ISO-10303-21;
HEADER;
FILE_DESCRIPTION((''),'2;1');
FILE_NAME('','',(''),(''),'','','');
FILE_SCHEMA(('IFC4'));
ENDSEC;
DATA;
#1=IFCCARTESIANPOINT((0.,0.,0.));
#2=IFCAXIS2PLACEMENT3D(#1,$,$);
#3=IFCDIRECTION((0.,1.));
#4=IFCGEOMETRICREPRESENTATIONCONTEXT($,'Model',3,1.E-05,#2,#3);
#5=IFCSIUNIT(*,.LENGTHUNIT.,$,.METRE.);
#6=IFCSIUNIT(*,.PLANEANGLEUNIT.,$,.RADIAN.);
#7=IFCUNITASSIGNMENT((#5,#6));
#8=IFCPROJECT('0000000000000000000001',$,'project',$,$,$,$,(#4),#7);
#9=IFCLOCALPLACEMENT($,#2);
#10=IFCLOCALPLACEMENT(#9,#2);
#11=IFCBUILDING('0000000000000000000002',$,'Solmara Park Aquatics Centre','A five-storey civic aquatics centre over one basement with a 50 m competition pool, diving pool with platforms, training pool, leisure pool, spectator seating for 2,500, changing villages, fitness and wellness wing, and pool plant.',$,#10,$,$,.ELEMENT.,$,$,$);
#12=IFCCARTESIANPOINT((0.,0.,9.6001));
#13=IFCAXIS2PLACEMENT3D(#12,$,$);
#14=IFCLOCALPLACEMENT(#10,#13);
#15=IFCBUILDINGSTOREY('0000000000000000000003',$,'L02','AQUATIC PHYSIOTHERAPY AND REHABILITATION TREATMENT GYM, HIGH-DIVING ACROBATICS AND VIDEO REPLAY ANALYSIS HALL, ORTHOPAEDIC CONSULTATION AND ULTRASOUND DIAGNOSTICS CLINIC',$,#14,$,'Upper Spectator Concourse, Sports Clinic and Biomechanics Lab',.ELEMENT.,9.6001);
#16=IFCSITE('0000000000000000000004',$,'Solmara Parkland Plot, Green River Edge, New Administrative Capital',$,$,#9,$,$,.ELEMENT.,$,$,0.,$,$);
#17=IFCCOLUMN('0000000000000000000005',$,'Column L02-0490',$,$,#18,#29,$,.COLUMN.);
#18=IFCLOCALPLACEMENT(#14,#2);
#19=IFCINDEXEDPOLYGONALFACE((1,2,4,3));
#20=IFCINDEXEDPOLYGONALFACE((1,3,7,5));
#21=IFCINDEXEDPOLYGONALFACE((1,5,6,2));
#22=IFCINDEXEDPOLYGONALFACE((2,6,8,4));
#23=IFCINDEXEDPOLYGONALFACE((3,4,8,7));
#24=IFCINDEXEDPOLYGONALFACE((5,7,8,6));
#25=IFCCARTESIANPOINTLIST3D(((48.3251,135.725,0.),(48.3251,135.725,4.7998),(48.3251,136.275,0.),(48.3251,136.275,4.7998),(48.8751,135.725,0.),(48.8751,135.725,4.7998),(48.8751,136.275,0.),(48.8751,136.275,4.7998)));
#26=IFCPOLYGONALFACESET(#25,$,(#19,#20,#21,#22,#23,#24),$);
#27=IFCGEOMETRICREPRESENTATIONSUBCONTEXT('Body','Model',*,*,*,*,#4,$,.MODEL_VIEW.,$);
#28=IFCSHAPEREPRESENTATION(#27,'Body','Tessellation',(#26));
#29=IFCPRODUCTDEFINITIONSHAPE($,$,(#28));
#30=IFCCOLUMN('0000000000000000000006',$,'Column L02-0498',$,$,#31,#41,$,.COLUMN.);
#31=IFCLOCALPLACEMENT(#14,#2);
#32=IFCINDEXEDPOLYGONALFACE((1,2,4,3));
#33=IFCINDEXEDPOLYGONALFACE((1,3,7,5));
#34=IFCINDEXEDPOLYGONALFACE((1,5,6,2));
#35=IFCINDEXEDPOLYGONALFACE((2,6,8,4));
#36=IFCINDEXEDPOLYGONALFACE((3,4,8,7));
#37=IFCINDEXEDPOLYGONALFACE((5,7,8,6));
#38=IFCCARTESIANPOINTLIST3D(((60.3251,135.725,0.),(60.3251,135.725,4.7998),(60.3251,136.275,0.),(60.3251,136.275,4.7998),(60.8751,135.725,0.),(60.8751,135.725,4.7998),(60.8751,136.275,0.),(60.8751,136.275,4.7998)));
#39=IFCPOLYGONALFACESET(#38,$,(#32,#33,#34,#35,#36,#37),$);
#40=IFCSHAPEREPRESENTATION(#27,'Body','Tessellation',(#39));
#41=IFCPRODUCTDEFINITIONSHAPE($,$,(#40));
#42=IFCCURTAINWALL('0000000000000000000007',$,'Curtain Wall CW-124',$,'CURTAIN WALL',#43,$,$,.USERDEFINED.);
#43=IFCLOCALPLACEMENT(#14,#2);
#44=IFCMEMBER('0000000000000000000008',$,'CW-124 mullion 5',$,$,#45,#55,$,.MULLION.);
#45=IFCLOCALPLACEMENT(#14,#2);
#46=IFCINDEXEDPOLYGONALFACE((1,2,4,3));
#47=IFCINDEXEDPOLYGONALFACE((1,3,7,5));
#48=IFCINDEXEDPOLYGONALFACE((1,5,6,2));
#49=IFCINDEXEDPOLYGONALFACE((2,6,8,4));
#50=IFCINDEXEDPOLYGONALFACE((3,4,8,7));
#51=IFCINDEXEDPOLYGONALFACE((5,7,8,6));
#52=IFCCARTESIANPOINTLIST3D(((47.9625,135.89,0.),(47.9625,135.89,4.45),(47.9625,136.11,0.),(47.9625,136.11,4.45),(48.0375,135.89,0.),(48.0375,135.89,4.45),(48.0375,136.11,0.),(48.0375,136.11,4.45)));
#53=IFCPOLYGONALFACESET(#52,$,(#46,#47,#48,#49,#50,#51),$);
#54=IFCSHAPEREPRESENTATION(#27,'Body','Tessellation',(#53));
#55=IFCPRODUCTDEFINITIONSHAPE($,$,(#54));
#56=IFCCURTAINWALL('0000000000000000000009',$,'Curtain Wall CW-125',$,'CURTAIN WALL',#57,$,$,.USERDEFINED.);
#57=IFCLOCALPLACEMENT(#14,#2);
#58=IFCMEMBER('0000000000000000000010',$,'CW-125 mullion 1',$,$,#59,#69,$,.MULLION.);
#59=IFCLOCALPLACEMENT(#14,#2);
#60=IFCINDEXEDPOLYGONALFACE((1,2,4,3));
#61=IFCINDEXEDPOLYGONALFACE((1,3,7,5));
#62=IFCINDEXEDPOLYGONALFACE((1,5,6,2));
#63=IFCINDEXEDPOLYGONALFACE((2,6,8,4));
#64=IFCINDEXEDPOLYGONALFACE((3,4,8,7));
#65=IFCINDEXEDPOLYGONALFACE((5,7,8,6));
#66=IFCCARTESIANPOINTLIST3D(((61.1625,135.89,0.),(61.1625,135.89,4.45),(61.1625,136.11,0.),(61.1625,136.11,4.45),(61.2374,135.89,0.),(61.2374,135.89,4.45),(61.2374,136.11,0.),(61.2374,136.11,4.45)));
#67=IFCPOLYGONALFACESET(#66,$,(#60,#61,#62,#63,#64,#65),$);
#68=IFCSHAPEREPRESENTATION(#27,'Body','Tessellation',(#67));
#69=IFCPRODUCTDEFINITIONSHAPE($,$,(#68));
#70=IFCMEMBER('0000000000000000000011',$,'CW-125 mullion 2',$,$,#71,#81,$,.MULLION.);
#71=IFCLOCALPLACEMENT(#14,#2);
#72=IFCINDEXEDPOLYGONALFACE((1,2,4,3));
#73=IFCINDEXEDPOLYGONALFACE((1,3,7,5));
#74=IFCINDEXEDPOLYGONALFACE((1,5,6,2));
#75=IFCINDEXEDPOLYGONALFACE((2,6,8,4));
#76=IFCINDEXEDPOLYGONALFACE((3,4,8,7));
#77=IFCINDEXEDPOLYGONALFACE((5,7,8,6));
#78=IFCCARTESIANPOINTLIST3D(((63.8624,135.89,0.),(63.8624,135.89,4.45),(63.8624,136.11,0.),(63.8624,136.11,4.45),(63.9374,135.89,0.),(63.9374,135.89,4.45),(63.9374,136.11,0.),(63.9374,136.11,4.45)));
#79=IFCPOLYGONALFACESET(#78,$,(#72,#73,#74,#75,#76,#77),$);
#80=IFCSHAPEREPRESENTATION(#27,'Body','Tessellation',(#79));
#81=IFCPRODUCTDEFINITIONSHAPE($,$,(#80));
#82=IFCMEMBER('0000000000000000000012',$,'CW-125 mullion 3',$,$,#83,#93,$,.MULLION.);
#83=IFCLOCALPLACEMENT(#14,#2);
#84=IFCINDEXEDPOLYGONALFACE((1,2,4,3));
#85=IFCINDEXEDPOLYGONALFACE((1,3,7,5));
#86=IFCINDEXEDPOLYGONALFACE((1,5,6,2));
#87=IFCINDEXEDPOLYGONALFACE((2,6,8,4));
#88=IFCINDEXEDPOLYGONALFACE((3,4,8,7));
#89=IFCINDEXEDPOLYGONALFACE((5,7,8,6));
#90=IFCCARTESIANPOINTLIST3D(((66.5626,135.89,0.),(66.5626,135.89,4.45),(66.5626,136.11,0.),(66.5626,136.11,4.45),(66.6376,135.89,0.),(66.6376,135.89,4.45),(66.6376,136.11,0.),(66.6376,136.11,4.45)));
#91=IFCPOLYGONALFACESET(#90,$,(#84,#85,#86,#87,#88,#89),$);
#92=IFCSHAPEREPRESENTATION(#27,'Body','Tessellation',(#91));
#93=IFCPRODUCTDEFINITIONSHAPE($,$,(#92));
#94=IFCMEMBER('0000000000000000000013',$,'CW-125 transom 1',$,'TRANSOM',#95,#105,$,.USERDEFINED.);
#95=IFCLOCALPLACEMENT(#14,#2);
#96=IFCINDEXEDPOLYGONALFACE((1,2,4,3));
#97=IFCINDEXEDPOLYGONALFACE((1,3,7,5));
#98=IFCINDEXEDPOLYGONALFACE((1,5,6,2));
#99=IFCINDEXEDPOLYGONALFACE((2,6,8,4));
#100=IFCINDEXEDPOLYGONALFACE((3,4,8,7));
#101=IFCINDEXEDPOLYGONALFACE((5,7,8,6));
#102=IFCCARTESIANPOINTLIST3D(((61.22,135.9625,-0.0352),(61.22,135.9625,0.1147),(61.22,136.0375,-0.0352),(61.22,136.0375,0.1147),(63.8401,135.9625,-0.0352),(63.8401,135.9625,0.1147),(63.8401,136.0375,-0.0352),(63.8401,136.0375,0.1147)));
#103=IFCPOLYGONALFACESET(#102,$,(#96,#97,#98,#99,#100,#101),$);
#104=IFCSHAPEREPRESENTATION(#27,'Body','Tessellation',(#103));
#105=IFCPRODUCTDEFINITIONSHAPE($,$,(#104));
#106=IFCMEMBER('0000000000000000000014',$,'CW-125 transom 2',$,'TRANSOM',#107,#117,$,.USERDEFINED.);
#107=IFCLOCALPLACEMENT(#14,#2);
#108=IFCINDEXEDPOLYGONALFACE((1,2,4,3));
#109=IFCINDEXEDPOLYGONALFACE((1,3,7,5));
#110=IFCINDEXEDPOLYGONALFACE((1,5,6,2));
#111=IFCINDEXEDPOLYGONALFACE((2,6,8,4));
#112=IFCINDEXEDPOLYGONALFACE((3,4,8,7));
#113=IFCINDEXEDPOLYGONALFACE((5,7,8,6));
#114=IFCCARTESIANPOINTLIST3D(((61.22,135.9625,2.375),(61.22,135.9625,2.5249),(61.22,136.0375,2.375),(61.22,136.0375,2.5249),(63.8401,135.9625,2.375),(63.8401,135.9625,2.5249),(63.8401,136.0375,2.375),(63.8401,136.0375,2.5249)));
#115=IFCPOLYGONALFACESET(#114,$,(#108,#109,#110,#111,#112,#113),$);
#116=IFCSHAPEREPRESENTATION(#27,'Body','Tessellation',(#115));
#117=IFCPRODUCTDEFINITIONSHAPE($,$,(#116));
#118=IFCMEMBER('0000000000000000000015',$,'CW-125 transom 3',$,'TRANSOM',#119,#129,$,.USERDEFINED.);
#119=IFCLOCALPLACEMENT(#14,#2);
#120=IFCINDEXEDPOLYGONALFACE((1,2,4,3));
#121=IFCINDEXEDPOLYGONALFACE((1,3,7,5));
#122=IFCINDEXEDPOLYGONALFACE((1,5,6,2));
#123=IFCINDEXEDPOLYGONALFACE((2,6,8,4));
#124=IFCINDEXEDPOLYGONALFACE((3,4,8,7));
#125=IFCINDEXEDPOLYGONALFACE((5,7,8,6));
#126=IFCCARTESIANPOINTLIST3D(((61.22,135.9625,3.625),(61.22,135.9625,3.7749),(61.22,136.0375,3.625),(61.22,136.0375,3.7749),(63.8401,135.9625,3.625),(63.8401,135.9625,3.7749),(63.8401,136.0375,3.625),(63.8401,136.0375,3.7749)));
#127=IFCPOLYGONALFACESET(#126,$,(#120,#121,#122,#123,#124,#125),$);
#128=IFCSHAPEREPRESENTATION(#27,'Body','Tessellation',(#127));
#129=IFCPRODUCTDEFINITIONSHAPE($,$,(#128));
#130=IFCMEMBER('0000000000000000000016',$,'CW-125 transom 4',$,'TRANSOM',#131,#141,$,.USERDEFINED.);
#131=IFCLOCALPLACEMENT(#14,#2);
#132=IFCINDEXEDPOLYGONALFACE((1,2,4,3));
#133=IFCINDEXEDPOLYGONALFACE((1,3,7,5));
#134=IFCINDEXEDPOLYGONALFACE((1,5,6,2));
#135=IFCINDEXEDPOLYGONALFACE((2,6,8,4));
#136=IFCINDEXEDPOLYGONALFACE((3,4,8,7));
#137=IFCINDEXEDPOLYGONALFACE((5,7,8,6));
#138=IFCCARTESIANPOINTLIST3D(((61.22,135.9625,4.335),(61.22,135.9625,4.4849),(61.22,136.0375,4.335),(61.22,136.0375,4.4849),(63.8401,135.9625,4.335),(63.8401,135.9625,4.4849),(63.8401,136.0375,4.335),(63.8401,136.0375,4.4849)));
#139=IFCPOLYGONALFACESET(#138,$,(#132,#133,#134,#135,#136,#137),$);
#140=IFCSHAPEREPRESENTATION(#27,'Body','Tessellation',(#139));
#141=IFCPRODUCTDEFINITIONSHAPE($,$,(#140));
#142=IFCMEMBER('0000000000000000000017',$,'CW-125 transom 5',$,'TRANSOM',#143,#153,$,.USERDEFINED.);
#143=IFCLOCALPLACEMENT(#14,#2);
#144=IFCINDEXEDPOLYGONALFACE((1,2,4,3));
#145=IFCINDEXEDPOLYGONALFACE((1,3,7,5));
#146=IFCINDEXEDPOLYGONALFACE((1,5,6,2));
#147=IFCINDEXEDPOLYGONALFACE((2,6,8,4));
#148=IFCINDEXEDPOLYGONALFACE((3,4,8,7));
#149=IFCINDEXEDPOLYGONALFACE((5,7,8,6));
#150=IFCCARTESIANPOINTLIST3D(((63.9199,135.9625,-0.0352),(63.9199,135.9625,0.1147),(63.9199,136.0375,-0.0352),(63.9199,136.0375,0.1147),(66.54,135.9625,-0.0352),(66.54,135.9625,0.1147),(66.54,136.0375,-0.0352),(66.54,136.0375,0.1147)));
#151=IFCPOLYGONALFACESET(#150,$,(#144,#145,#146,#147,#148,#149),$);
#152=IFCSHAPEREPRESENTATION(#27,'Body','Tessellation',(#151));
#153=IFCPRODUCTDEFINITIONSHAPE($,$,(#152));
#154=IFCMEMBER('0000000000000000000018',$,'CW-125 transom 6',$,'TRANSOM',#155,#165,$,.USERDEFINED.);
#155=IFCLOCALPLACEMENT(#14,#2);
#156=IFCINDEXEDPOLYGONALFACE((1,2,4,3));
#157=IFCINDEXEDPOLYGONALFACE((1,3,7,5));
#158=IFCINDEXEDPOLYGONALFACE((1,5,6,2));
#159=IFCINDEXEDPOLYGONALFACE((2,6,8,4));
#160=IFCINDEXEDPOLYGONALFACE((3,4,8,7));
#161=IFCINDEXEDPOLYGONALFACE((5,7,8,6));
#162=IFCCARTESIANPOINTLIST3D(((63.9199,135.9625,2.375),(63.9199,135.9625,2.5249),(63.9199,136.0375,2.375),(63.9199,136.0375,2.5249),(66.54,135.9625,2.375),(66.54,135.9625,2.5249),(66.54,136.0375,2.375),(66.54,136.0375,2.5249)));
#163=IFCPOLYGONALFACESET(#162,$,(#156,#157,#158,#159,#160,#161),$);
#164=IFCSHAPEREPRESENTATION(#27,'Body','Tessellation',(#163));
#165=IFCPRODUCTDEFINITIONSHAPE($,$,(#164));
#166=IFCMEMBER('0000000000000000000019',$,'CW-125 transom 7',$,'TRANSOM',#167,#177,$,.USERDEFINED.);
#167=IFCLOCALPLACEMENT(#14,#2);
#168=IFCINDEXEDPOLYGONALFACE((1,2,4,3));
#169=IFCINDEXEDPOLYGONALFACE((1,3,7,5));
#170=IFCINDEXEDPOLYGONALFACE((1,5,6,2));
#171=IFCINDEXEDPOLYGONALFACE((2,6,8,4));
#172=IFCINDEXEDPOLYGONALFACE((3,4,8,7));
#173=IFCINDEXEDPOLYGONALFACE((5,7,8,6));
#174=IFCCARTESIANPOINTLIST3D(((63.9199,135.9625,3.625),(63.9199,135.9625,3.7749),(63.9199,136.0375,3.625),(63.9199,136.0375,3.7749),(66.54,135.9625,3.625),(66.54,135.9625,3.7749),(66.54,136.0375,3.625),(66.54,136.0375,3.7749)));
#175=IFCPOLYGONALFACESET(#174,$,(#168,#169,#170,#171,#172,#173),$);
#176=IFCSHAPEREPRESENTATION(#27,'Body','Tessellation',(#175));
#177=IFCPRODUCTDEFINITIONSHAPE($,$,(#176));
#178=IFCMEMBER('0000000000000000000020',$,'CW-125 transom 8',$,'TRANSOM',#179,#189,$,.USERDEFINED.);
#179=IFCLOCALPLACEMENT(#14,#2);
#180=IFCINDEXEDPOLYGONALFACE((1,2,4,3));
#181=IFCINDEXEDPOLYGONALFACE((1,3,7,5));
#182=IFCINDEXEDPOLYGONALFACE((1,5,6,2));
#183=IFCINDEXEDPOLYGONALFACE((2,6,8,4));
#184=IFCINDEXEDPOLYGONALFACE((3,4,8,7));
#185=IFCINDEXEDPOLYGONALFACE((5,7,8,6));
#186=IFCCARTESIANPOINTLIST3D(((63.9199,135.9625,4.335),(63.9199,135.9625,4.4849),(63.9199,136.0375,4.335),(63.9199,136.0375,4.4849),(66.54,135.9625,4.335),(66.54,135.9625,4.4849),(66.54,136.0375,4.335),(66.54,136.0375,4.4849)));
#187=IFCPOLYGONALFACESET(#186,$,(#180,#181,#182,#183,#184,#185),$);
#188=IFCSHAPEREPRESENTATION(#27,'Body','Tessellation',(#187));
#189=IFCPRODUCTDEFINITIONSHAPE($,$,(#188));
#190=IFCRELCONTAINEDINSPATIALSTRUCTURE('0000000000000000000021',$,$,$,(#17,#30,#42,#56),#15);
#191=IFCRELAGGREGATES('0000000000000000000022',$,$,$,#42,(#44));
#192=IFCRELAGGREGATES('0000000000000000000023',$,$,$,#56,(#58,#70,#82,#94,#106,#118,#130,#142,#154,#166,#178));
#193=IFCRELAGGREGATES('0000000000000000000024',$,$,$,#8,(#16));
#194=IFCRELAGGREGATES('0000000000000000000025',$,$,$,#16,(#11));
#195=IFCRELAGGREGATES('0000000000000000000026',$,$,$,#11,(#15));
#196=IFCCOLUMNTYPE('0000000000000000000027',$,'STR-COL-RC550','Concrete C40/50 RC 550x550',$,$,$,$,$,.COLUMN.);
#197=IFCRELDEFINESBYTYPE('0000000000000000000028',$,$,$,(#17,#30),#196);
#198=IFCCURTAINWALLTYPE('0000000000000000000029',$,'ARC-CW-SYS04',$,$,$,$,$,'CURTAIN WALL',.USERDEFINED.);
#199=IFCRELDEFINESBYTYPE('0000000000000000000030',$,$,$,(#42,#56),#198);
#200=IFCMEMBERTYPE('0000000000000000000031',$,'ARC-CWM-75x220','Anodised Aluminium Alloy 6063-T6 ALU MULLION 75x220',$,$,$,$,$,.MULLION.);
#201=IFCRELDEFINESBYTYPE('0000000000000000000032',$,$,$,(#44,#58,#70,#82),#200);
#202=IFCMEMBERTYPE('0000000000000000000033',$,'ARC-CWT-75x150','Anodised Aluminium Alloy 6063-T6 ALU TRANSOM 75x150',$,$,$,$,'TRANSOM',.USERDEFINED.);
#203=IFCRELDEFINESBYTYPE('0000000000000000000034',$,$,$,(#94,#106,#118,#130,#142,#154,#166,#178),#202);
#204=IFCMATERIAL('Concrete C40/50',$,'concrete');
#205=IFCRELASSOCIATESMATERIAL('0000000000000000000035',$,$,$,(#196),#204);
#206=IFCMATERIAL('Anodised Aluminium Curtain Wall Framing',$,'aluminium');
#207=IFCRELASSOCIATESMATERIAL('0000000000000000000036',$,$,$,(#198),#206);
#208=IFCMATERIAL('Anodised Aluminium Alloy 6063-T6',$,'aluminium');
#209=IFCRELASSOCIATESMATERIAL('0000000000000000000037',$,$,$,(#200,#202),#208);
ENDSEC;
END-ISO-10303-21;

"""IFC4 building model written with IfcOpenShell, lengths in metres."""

from ifc_helpers import new_model, si_unit, direction, frame, origin, origin_2d, place, context, subcontext, project, spatial, rectangle, extrude, material, material_profile, profile_set, type_object, element, aggregate, save


model = new_model("IFC4")

# Units and contexts
model_context = context("Model", 3, precision=1e-05, world=origin(), true_north=direction((0.0, 1.0)))
body_context = subcontext(model_context, "Body", "Model", "MODEL_VIEW")
ifc_project = project(units=[si_unit("LENGTHUNIT", "METRE"), si_unit("PLANEANGLEUNIT", "RADIAN")], contexts=[model_context])

# Site, building, storey
site_placement = place(None, origin())
site = spatial("IfcSite", under=ifc_project, at=site_placement, Name="Solmara Parkland Plot, Green River Edge, New Administrative Capital", CompositionType="ELEMENT", RefElevation=0.0)
building_placement = place(site_placement, origin())
building = spatial("IfcBuilding", under=site, at=building_placement, Name="Solmara Park Aquatics Centre", Description="A five-storey civic aquatics centre over one basement with a 50 m competition pool, diving pool with platforms, training pool, leisure pool, spectator seating for 2,500, changing villages, fitness and wellness wing, and pool plant.", CompositionType="ELEMENT")
storey_placement = place(building_placement, frame((0.0, 0.0, 9.6001)))
storey = spatial("IfcBuildingStorey", under=building, at=storey_placement, Name="L02", Description="AQUATIC PHYSIOTHERAPY AND REHABILITATION TREATMENT GYM, HIGH-DIVING ACROBATICS AND VIDEO REPLAY ANALYSIS HALL, ORTHOPAEDIC CONSULTATION AND ULTRASOUND DIAGNOSTICS CLINIC", LongName="Upper Spectator Concourse, Sports Clinic and Biomechanics Lab", CompositionType="ELEMENT", Elevation=9.6001)

# Columns
ifc_material_1 = material(Name="Concrete C40/50", Category="concrete")
ifc_material_profile_1 = material_profile(ifc_material_1, rectangle(XDim=0.55, YDim=0.55, at=origin_2d()), Name="RC 550x550")
ifc_profile_set_1 = profile_set([ifc_material_profile_1], Name="Concrete C40/50")
column_type = type_object("IfcColumnType", Name="STR-COL-RC550", Description="Concrete C40/50 RC 550x550", PredefinedType="COLUMN", material=ifc_profile_set_1)
for number, where, z_axis, x_axis, name in (
    (1, (48.6001, 136.0, 0.0), (0.0, 0.0, 1.0), (1.0, 0.0, 0.0), "Column L02-0490"),
    (2, (60.6001, 136.0, 0.0), (0.0, 0.0, 1.0), (1.0, 0.0, 0.0), "Column L02-0498"),
):
    element("IfcColumn", number, at=place(storey_placement, frame(where, z_axis=z_axis, x_axis=x_axis)), inside=storey, type_object=column_type, Name=name, PredefinedType="COLUMN", context=body_context, shape_type="SweptSolid", body=[
        extrude(rectangle(XDim=0.55, YDim=0.55, at=origin_2d()), origin(), (0.0, 0.0, 1.0), 4.7998),
    ])

# Curtain wall, member
ifc_material_2 = material(Name="Anodised Aluminium Curtain Wall Framing", Category="aluminium")
curtain_wall_type = type_object("IfcCurtainWallType", Name="ARC-CW-SYS04", ElementType="CURTAIN WALL", PredefinedType="USERDEFINED", material=ifc_material_2)
curtain_wall_1_placement = place(storey_placement, origin())
curtain_wall_1 = element("IfcCurtainWall", 3, at=curtain_wall_1_placement, inside=storey, type_object=curtain_wall_type, Name="Curtain Wall CW-124", ObjectType="CURTAIN WALL", PredefinedType="USERDEFINED")
ifc_material_3 = material(Name="Anodised Aluminium Alloy 6063-T6", Category="aluminium")
ifc_material_profile_2 = material_profile(ifc_material_3, rectangle(XDim=0.075, YDim=0.22, at=origin_2d()), Name="ALU MULLION 75x220")
ifc_profile_set_2 = profile_set([ifc_material_profile_2], Name="Anodised Aluminium Alloy 6063-T6")
member_type_1 = type_object("IfcMemberType", Name="ARC-CWM-75x220", Description="Anodised Aluminium Alloy 6063-T6 ALU MULLION 75x220", PredefinedType="MULLION", material=ifc_profile_set_2)
member_1_placement = place(storey_placement, frame((48.0, 136.0, 0.0), z_axis=(0.0, 0.0, 1.0), x_axis=(1.0, 0.0, 0.0)))
member_1 = element("IfcMember", 4, at=member_1_placement, type_object=member_type_1, Name="CW-124 mullion 5", PredefinedType="MULLION", context=body_context, shape_type="SweptSolid", body=[
    extrude(rectangle(XDim=0.075, YDim=0.22, at=origin_2d()), origin(), (0.0, 0.0, 1.0), 4.45),
])
aggregate(curtain_wall_1, [member_1])

# Curtain wall, members
curtain_wall_2_placement = place(storey_placement, origin())
curtain_wall_2 = element("IfcCurtainWall", 5, at=curtain_wall_2_placement, inside=storey, type_object=curtain_wall_type, Name="Curtain Wall CW-125", ObjectType="CURTAIN WALL", PredefinedType="USERDEFINED")
member_2_placement = place(storey_placement, frame((61.2, 136.0, 0.0), z_axis=(0.0, 0.0, 1.0), x_axis=(1.0, 0.0, 0.0)))
member_2 = element("IfcMember", 6, at=member_2_placement, type_object=member_type_1, Name="CW-125 mullion 1", PredefinedType="MULLION", context=body_context, shape_type="SweptSolid", body=[
    extrude(rectangle(XDim=0.075, YDim=0.22, at=origin_2d()), origin(), (0.0, 0.0, 1.0), 4.45),
])
member_3_placement = place(storey_placement, frame((63.8999, 136.0, 0.0), z_axis=(0.0, 0.0, 1.0), x_axis=(1.0, 0.0, 0.0)))
member_3 = element("IfcMember", 7, at=member_3_placement, type_object=member_type_1, Name="CW-125 mullion 2", PredefinedType="MULLION", context=body_context, shape_type="SweptSolid", body=[
    extrude(rectangle(XDim=0.075, YDim=0.22, at=origin_2d()), origin(), (0.0, 0.0, 1.0), 4.45),
])
member_4_placement = place(storey_placement, frame((66.6001, 136.0, 0.0), z_axis=(0.0, 0.0, 1.0), x_axis=(1.0, 0.0, 0.0)))
member_4 = element("IfcMember", 8, at=member_4_placement, type_object=member_type_1, Name="CW-125 mullion 3", PredefinedType="MULLION", context=body_context, shape_type="SweptSolid", body=[
    extrude(rectangle(XDim=0.075, YDim=0.22, at=origin_2d()), origin(), (0.0, 0.0, 1.0), 4.45),
])
ifc_material_profile_3 = material_profile(ifc_material_3, rectangle(XDim=0.075, YDim=0.1499, at=origin_2d()), Name="ALU TRANSOM 75x150")
ifc_profile_set_3 = profile_set([ifc_material_profile_3], Name="Anodised Aluminium Alloy 6063-T6")
member_type_2 = type_object("IfcMemberType", Name="ARC-CWT-75x150", Description="Anodised Aluminium Alloy 6063-T6 ALU TRANSOM 75x150", ElementType="TRANSOM", PredefinedType="USERDEFINED", material=ifc_profile_set_3)
member_5_placement = place(storey_placement, frame((61.22, 136.0, 0.0398), z_axis=(1.0, 0.0, 0.0), x_axis=(0.0, 1.0, 0.0)))
member_5 = element("IfcMember", 9, at=member_5_placement, type_object=member_type_2, Name="CW-125 transom 1", ObjectType="TRANSOM", PredefinedType="USERDEFINED", context=body_context, shape_type="SweptSolid", body=[
    extrude(rectangle(XDim=0.075, YDim=0.1499, at=origin_2d()), origin(), (0.0, 0.0, 1.0), 2.6201),
])
member_6_placement = place(storey_placement, frame((61.22, 136.0, 2.45), z_axis=(1.0, 0.0, 0.0), x_axis=(0.0, 1.0, 0.0)))
member_6 = element("IfcMember", 10, at=member_6_placement, type_object=member_type_2, Name="CW-125 transom 2", ObjectType="TRANSOM", PredefinedType="USERDEFINED", context=body_context, shape_type="SweptSolid", body=[
    extrude(rectangle(XDim=0.075, YDim=0.1499, at=origin_2d()), origin(), (0.0, 0.0, 1.0), 2.6201),
])
member_7_placement = place(storey_placement, frame((61.22, 136.0, 3.7), z_axis=(1.0, 0.0, 0.0), x_axis=(0.0, 1.0, 0.0)))
member_7 = element("IfcMember", 11, at=member_7_placement, type_object=member_type_2, Name="CW-125 transom 3", ObjectType="TRANSOM", PredefinedType="USERDEFINED", context=body_context, shape_type="SweptSolid", body=[
    extrude(rectangle(XDim=0.075, YDim=0.1499, at=origin_2d()), origin(), (0.0, 0.0, 1.0), 2.6201),
])
member_8_placement = place(storey_placement, frame((61.22, 136.0, 4.4099), z_axis=(1.0, 0.0, 0.0), x_axis=(0.0, 1.0, 0.0)))
member_8 = element("IfcMember", 12, at=member_8_placement, type_object=member_type_2, Name="CW-125 transom 4", ObjectType="TRANSOM", PredefinedType="USERDEFINED", context=body_context, shape_type="SweptSolid", body=[
    extrude(rectangle(XDim=0.075, YDim=0.1499, at=origin_2d()), origin(), (0.0, 0.0, 1.0), 2.6201),
])
member_9_placement = place(storey_placement, frame((63.9199, 136.0, 0.0398), z_axis=(1.0, 0.0, 0.0), x_axis=(0.0, 1.0, 0.0)))
member_9 = element("IfcMember", 13, at=member_9_placement, type_object=member_type_2, Name="CW-125 transom 5", ObjectType="TRANSOM", PredefinedType="USERDEFINED", context=body_context, shape_type="SweptSolid", body=[
    extrude(rectangle(XDim=0.075, YDim=0.1499, at=origin_2d()), origin(), (0.0, 0.0, 1.0), 2.6201),
])
member_10_placement = place(storey_placement, frame((63.9199, 136.0, 2.45), z_axis=(1.0, 0.0, 0.0), x_axis=(0.0, 1.0, 0.0)))
member_10 = element("IfcMember", 14, at=member_10_placement, type_object=member_type_2, Name="CW-125 transom 6", ObjectType="TRANSOM", PredefinedType="USERDEFINED", context=body_context, shape_type="SweptSolid", body=[
    extrude(rectangle(XDim=0.075, YDim=0.1499, at=origin_2d()), origin(), (0.0, 0.0, 1.0), 2.6201),
])
member_11_placement = place(storey_placement, frame((63.9199, 136.0, 3.7), z_axis=(1.0, 0.0, 0.0), x_axis=(0.0, 1.0, 0.0)))
member_11 = element("IfcMember", 15, at=member_11_placement, type_object=member_type_2, Name="CW-125 transom 7", ObjectType="TRANSOM", PredefinedType="USERDEFINED", context=body_context, shape_type="SweptSolid", body=[
    extrude(rectangle(XDim=0.075, YDim=0.1499, at=origin_2d()), origin(), (0.0, 0.0, 1.0), 2.6201),
])
member_12_placement = place(storey_placement, frame((63.9199, 136.0, 4.4099), z_axis=(1.0, 0.0, 0.0), x_axis=(0.0, 1.0, 0.0)))
member_12 = element("IfcMember", 16, at=member_12_placement, type_object=member_type_2, Name="CW-125 transom 8", ObjectType="TRANSOM", PredefinedType="USERDEFINED", context=body_context, shape_type="SweptSolid", body=[
    extrude(rectangle(XDim=0.075, YDim=0.1499, at=origin_2d()), origin(), (0.0, 0.0, 1.0), 2.6201),
])

aggregate(curtain_wall_2, [member_2, member_3, member_4, member_5, member_6, member_7, member_8, member_9, member_10, member_11, member_12])

save(model, "model.ifc")
